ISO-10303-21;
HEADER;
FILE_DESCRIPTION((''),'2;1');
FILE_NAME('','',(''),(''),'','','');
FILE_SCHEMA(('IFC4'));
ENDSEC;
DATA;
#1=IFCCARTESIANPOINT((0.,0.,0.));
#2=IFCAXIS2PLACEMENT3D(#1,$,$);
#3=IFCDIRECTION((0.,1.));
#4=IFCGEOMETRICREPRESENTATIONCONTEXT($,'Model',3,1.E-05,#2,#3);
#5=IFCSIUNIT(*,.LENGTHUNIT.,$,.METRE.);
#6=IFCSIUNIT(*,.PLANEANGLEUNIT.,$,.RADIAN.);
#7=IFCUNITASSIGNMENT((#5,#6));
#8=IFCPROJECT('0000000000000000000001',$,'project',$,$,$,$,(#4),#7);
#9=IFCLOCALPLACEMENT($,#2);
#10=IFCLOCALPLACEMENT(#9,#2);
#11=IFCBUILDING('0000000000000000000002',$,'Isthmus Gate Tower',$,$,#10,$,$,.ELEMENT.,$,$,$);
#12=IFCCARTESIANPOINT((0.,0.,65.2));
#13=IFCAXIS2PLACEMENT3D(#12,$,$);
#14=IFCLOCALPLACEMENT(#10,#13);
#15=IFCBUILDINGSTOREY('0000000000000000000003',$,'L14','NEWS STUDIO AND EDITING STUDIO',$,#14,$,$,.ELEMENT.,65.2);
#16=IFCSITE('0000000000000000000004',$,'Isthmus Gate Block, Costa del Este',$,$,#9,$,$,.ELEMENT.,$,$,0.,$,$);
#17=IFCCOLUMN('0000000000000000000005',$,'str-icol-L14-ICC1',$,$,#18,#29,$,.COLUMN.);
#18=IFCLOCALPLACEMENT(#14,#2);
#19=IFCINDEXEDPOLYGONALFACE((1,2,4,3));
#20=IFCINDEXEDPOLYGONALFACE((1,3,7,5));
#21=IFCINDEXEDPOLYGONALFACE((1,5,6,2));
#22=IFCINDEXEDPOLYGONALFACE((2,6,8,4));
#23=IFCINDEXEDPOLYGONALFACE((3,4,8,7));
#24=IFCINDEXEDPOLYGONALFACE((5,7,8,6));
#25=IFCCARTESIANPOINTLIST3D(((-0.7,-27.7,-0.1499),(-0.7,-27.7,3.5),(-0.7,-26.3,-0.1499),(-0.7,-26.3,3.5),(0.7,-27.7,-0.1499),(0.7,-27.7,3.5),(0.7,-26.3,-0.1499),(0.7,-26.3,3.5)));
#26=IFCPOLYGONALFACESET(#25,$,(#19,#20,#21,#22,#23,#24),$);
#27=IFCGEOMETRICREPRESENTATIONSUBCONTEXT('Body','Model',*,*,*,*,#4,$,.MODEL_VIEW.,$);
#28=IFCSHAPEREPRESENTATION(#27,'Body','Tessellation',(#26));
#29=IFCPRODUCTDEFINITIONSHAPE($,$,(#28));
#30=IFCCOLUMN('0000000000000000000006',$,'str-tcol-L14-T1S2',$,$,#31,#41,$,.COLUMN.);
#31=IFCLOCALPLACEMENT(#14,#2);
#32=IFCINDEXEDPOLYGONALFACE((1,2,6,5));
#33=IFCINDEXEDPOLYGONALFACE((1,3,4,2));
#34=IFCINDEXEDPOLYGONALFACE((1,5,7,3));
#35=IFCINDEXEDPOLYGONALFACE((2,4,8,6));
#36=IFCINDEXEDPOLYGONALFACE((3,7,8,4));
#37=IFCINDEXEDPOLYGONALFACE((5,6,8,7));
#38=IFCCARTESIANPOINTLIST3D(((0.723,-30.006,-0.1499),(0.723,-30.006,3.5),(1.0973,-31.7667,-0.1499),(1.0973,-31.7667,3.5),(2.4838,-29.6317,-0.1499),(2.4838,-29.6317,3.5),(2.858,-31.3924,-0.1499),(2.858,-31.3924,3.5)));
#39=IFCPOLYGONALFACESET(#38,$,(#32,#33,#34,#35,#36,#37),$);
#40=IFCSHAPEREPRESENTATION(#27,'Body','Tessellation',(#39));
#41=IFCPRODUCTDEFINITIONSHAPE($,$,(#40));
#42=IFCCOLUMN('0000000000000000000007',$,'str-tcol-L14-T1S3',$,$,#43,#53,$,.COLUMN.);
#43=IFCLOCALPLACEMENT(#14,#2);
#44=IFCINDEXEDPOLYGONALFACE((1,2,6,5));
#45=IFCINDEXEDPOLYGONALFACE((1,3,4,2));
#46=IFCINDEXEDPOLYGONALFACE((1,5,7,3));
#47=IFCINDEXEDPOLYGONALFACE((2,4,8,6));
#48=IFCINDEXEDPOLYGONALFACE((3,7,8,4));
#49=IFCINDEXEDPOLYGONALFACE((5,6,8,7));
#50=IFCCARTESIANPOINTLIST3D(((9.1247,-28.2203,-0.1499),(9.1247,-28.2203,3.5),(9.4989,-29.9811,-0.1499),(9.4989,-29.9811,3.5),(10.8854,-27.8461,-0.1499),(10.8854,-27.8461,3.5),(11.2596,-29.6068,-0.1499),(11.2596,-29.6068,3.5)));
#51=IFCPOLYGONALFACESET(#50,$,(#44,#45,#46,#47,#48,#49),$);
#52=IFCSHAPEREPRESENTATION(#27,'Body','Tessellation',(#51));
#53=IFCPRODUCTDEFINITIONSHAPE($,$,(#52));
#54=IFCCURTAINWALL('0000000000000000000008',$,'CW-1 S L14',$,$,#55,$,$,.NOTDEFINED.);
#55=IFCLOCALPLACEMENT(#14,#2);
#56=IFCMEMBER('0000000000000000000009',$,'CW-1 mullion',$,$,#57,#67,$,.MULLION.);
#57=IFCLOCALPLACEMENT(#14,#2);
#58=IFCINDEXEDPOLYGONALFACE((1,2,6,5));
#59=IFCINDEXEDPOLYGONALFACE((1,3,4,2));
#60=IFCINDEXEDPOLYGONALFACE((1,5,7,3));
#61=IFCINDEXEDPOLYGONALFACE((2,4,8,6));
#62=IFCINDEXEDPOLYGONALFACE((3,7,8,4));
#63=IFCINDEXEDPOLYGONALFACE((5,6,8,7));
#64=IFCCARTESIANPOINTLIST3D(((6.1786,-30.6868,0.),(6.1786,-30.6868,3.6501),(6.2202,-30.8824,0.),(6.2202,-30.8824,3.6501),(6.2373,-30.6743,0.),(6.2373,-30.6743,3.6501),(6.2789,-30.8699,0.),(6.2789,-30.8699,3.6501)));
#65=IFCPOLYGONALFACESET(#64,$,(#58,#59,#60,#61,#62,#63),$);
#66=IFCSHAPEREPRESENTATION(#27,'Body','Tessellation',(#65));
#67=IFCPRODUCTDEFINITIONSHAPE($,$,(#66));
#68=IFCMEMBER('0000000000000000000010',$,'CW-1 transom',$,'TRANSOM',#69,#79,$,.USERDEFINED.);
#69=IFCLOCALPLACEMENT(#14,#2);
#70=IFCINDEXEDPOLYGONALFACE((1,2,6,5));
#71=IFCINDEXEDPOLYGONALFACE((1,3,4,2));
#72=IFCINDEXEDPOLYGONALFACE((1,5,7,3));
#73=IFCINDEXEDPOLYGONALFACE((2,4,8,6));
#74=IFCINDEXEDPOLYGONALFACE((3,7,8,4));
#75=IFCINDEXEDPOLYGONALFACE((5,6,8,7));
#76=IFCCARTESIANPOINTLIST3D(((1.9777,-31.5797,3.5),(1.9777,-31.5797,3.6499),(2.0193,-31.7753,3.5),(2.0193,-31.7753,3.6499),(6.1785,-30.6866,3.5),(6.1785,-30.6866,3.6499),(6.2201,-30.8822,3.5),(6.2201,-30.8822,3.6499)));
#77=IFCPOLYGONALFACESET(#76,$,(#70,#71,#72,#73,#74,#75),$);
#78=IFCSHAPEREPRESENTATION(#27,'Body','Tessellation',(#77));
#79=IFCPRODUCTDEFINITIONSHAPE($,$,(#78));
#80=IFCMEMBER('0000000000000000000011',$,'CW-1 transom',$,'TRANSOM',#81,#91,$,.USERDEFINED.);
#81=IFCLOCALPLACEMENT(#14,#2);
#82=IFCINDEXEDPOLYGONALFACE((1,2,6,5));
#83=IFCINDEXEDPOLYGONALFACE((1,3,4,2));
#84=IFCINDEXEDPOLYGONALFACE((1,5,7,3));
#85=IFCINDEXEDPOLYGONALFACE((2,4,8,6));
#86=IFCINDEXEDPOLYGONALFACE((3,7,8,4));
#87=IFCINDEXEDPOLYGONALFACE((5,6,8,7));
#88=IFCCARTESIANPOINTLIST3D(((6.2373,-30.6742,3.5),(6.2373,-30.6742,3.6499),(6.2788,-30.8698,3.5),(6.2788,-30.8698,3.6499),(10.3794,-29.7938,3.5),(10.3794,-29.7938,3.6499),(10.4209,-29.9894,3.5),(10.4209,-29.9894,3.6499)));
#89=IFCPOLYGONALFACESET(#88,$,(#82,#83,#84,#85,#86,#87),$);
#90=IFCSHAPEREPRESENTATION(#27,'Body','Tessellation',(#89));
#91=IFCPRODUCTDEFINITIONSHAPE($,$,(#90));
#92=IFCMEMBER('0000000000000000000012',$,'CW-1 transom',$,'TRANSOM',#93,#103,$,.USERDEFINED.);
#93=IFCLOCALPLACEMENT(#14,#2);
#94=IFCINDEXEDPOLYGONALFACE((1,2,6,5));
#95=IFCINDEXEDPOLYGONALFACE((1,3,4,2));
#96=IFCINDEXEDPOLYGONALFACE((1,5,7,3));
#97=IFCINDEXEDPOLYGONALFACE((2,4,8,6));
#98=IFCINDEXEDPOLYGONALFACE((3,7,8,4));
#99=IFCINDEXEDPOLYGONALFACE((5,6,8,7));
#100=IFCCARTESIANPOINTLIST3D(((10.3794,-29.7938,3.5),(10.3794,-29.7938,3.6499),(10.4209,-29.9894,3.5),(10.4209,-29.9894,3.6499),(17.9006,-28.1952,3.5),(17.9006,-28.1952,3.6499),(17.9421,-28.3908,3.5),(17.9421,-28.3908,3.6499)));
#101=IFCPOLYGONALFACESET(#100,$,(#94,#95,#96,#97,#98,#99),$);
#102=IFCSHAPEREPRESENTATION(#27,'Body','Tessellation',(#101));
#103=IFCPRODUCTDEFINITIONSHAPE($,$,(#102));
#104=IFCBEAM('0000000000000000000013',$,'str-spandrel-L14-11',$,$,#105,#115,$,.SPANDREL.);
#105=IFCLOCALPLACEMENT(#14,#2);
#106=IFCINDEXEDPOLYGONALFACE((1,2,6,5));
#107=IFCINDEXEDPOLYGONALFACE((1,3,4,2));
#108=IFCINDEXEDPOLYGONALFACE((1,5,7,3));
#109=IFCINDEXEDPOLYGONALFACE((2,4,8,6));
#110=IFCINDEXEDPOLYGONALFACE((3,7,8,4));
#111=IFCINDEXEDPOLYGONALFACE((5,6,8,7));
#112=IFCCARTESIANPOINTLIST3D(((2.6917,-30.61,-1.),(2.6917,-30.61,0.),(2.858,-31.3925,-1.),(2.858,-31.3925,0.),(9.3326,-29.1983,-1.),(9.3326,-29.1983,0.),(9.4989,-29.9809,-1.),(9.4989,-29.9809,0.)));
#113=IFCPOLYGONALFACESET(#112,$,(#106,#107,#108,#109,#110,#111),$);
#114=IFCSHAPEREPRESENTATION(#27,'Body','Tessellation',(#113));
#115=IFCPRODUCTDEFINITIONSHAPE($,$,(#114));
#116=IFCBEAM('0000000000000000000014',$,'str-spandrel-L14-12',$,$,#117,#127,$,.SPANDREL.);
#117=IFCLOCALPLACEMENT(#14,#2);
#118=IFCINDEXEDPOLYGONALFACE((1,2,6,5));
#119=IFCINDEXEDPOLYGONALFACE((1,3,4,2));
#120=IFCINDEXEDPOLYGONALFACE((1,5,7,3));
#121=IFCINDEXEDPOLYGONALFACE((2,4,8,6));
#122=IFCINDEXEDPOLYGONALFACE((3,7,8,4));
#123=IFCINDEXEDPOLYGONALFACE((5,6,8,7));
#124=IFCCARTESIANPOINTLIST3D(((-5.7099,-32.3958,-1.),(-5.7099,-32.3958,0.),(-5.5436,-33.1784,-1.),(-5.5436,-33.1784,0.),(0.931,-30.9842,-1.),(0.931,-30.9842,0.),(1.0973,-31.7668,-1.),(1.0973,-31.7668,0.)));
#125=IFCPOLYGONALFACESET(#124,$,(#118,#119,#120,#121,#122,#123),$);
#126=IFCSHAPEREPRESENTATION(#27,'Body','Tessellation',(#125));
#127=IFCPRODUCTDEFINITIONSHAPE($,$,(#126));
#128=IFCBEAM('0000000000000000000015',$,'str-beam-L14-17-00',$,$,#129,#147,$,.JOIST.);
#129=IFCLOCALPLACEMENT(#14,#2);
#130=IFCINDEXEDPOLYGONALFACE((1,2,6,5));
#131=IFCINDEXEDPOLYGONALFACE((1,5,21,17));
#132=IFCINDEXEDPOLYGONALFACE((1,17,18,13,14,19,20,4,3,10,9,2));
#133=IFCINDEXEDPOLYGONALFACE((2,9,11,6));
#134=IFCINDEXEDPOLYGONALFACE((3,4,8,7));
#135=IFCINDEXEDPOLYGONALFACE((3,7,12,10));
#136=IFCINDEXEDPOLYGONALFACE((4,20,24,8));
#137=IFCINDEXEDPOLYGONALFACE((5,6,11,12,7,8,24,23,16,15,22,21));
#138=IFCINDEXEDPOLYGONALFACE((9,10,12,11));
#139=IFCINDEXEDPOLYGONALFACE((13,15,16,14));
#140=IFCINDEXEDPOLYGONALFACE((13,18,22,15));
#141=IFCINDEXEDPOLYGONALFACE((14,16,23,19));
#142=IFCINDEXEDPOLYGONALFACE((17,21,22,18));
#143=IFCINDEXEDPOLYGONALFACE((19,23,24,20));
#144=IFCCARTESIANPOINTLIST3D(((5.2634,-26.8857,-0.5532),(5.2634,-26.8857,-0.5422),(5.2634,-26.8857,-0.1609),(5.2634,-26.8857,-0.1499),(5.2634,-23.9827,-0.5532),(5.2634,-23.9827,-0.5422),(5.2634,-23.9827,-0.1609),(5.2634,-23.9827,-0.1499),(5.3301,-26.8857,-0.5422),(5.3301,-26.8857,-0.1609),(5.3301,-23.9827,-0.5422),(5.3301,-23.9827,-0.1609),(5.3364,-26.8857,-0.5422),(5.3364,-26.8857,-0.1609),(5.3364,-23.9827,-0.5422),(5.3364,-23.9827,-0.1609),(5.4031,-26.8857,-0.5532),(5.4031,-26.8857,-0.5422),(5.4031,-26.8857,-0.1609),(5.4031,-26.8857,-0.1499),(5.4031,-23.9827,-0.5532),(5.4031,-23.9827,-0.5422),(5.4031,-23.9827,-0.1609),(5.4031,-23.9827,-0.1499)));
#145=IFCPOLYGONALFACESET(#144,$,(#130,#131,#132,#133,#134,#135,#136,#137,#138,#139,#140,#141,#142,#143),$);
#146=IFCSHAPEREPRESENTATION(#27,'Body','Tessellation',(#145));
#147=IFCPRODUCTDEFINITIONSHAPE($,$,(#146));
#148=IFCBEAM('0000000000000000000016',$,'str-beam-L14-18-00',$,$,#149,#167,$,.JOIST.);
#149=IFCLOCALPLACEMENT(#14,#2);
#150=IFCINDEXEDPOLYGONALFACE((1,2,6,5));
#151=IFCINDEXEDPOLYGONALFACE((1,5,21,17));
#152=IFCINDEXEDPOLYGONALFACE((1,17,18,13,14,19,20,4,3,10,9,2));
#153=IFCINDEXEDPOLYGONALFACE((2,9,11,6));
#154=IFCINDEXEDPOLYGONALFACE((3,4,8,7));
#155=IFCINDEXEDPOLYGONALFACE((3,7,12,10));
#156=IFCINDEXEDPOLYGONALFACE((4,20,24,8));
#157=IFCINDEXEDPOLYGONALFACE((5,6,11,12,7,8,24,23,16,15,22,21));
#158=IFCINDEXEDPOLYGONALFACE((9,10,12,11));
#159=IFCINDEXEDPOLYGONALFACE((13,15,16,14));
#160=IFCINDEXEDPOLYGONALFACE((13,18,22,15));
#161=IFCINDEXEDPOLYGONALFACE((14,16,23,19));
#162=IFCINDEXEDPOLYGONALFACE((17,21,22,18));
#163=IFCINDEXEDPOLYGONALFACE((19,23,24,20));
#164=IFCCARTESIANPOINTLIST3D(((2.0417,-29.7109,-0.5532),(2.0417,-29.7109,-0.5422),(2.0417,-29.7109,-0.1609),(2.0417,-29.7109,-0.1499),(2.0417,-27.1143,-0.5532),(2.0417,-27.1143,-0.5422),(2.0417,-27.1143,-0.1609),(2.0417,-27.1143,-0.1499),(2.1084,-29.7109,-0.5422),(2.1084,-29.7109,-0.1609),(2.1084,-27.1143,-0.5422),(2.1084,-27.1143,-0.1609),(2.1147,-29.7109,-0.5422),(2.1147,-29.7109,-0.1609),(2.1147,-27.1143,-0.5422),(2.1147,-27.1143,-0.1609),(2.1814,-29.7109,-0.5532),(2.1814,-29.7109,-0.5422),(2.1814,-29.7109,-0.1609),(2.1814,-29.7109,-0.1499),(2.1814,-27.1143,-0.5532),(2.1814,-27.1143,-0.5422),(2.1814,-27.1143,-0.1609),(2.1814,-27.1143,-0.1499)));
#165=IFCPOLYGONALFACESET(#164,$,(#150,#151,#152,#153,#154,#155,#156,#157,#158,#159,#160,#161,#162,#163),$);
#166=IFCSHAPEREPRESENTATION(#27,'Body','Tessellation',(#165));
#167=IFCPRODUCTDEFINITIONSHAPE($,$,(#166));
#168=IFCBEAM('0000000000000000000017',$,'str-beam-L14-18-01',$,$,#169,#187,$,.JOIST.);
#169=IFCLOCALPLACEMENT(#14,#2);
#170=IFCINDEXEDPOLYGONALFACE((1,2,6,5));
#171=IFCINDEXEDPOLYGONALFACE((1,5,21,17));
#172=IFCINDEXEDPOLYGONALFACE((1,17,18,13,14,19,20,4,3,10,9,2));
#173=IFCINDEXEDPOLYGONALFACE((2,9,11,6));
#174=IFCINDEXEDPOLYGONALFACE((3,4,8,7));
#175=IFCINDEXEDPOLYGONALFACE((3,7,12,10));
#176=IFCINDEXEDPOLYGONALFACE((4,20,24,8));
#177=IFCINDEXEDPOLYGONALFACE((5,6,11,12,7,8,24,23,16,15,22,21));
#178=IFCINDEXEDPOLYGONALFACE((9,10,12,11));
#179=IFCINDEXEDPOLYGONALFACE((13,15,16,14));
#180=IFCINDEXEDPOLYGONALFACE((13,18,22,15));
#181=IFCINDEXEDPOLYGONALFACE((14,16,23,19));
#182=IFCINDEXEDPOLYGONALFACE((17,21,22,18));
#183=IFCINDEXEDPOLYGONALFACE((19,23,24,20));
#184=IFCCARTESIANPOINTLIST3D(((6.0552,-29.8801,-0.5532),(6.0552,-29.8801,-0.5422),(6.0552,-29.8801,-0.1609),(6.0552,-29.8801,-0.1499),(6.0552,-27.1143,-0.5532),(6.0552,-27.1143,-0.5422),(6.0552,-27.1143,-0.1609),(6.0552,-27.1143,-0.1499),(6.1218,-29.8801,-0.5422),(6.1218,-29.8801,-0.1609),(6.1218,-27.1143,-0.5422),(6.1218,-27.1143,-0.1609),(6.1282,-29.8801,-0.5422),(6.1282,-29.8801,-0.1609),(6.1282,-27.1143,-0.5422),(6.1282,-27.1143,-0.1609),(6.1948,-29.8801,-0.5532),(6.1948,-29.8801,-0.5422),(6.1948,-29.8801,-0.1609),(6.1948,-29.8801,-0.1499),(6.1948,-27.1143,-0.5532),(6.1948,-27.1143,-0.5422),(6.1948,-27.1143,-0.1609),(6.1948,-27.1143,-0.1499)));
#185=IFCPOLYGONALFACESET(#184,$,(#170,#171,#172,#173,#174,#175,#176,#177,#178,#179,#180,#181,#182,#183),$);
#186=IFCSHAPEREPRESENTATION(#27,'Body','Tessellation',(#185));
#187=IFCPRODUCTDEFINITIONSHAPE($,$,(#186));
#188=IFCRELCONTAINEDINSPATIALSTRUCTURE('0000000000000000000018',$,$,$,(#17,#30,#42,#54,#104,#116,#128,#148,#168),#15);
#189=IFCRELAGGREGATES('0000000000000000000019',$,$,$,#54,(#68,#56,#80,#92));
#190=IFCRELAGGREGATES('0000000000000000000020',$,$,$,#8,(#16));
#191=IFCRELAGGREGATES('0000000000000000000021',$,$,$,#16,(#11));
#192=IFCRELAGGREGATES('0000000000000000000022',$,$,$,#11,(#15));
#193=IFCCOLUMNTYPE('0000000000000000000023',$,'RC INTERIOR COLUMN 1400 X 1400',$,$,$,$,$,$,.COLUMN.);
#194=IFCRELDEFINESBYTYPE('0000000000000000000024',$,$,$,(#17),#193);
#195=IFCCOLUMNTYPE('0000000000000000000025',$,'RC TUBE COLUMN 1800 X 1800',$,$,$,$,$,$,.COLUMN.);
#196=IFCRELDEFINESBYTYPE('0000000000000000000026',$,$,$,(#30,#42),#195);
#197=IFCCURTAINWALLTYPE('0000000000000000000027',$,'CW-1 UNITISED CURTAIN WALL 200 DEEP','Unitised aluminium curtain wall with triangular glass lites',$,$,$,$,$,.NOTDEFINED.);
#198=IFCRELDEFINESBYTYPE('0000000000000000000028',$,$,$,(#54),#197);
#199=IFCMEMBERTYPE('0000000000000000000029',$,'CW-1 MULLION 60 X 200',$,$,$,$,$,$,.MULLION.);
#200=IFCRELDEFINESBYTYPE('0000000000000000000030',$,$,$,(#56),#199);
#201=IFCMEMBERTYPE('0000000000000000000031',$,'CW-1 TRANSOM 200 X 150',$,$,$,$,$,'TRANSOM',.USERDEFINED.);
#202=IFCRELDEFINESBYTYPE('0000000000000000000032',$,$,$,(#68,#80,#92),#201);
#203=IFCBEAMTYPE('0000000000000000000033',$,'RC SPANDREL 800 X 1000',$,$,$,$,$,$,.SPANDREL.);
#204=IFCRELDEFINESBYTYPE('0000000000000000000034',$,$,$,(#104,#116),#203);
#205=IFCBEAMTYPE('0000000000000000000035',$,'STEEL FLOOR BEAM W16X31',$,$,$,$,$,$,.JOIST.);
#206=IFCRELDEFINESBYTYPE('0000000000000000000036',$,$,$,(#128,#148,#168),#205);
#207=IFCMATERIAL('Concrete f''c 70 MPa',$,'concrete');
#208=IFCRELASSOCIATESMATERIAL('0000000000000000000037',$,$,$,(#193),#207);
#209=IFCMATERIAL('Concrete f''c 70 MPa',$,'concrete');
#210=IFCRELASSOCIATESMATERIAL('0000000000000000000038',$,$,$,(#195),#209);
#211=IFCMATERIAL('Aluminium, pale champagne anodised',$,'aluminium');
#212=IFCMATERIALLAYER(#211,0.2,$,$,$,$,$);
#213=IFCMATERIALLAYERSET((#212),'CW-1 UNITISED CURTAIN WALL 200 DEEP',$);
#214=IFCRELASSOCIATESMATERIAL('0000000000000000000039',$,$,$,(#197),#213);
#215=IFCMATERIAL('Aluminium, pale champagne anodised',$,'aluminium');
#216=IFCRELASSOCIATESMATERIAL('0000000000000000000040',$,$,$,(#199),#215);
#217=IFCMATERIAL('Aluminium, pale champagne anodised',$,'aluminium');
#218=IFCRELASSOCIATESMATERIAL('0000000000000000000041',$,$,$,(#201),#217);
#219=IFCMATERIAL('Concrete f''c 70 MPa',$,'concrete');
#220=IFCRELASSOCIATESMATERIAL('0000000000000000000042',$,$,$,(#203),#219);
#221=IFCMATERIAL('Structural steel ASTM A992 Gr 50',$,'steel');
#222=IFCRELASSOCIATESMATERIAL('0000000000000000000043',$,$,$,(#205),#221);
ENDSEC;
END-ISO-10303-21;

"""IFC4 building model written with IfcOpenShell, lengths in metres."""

from ifc_helpers import new_model, si_unit, direction, frame, origin, origin_2d, place, context, subcontext, project, spatial, rectangle, i_section, extrude, material, layer, layer_set, material_profile, profile_set, type_object, element, aggregate, save


model = new_model("IFC4")

# Units and contexts
model_context = context("Model", 3, precision=1e-05, world=origin(), true_north=direction((0.0, 1.0)))
body_context = subcontext(model_context, "Body", "Model", "MODEL_VIEW")
ifc_project = project(units=[si_unit("LENGTHUNIT", "METRE"), si_unit("PLANEANGLEUNIT", "RADIAN")], contexts=[model_context])

# Site, building, storey
site_placement = place(None, origin())
site = spatial("IfcSite", under=ifc_project, at=site_placement, Name="Isthmus Gate Block, Costa del Este", CompositionType="ELEMENT", RefElevation=0.0)
building_placement = place(site_placement, origin())
building = spatial("IfcBuilding", under=site, at=building_placement, Name="Isthmus Gate Tower", CompositionType="ELEMENT")
storey_placement = place(building_placement, frame((0.0, 0.0, 65.2)))
storey = spatial("IfcBuildingStorey", under=building, at=storey_placement, Name="L14", Description="NEWS STUDIO AND EDITING STUDIO", CompositionType="ELEMENT", Elevation=65.2)

# Columns
ifc_material_1 = material(Name="Concrete f'c 70 MPa", Category="concrete")
ifc_material_profile_1 = material_profile(ifc_material_1, rectangle(XDim=1.3999, YDim=1.3999, at=origin_2d()), Name="RC 1400X1400")
ifc_profile_set_1 = profile_set([ifc_material_profile_1], Name="Concrete f'c 70 MPa")
column_type_1 = type_object("IfcColumnType", Name="RC INTERIOR COLUMN 1400 X 1400", PredefinedType="COLUMN", material=ifc_profile_set_1)
column_placement = place(storey_placement, frame((0.0, -27.0, -0.1499), z_axis=(0.0, 0.0, 1.0), x_axis=(1.0, 0.0, 0.0)))
element("IfcColumn", 1, at=column_placement, inside=storey, type_object=column_type_1, Name="str-icol-L14-ICC1", PredefinedType="COLUMN", context=body_context, shape_type="SweptSolid", body=[
    extrude(rectangle(XDim=1.3999, YDim=1.3999, at=origin_2d()), origin(), (0.0, 0.0, 1.0), 3.6499),
])
ifc_material_2 = material(Name="Concrete f'c 70 MPa", Category="concrete")
ifc_material_profile_2 = material_profile(ifc_material_2, rectangle(XDim=1.8, YDim=1.8, at=origin_2d()), Name="RC 1800X1800")
ifc_profile_set_2 = profile_set([ifc_material_profile_2], Name="Concrete f'c 70 MPa")
column_type_2 = type_object("IfcColumnType", Name="RC TUBE COLUMN 1800 X 1800", PredefinedType="COLUMN", material=ifc_profile_set_2)
for number, where, z_axis, x_axis, name in (
    (2, (1.7905, -30.6992, -0.1499), (0.0, 0.0, 1.0), (0.978148, 0.207912, 0.0), "str-tcol-L14-T1S2"),
    (3, (10.1921, -28.9136, -0.1499), (0.0, 0.0, 1.0), (0.978148, 0.207912, 0.0), "str-tcol-L14-T1S3"),
):
    element("IfcColumn", number, at=place(storey_placement, frame(where, z_axis=z_axis, x_axis=x_axis)), inside=storey, type_object=column_type_2, Name=name, PredefinedType="COLUMN", context=body_context, shape_type="SweptSolid", body=[
        extrude(rectangle(XDim=1.8, YDim=1.8, at=origin_2d()), origin(), (0.0, 0.0, 1.0), 3.6499),
    ])

# Curtain wall, members
ifc_material_3 = material(Name="Aluminium, pale champagne anodised", Category="aluminium")
ifc_layer_1 = layer(ifc_material_3, 0.2)
ifc_layer_set_1 = layer_set([ifc_layer_1], Name="CW-1 UNITISED CURTAIN WALL 200 DEEP")
curtain_wall_type = type_object("IfcCurtainWallType", Name="CW-1 UNITISED CURTAIN WALL 200 DEEP", Description="Unitised aluminium curtain wall with triangular glass lites", PredefinedType="NOTDEFINED", material=ifc_layer_set_1)
curtain_wall_placement = place(storey_placement, origin())
curtain_wall = element("IfcCurtainWall", 4, at=curtain_wall_placement, inside=storey, type_object=curtain_wall_type, Name="CW-1 S L14", PredefinedType="NOTDEFINED")
ifc_material_4 = material(Name="Aluminium, pale champagne anodised", Category="aluminium")
ifc_material_profile_3 = material_profile(ifc_material_4, rectangle(XDim=0.0601, YDim=0.2, at=origin_2d()), Name="60x200")
ifc_profile_set_3 = profile_set([ifc_material_profile_3], Name="Aluminium, pale champagne anodised")
member_type_1 = type_object("IfcMemberType", Name="CW-1 MULLION 60 X 200", PredefinedType="MULLION", material=ifc_profile_set_3)
member_1_placement = place(storey_placement, frame((6.2288, -30.7783, 0.0), z_axis=(0.0, 0.0, 1.0), x_axis=(0.978148, 0.207912, 0.0)))
member_1 = element("IfcMember", 5, at=member_1_placement, type_object=member_type_1, Name="CW-1 mullion", PredefinedType="MULLION", context=body_context, shape_type="SweptSolid", body=[
    extrude(rectangle(XDim=0.0601, YDim=0.2, at=origin_2d()), origin(), (0.0, 0.0, 1.0), 3.6501),
])
ifc_material_5 = material(Name="Aluminium, pale champagne anodised", Category="aluminium")
ifc_material_profile_4 = material_profile(ifc_material_5, rectangle(XDim=0.2, YDim=0.1499, at=origin_2d()), Name="200x150")
ifc_profile_set_4 = profile_set([ifc_material_profile_4], Name="Aluminium, pale champagne anodised")
member_type_2 = type_object("IfcMemberType", Name="CW-1 TRANSOM 200 X 150", ElementType="TRANSOM", PredefinedType="USERDEFINED", material=ifc_profile_set_4)
member_2_placement = place(storey_placement, frame((1.9985, -31.6775, 3.575), z_axis=(0.978139, 0.207953, 0.0), x_axis=(-0.207953, 0.978139, 0.0)))
member_2 = element("IfcMember", 6, at=member_2_placement, type_object=member_type_2, Name="CW-1 transom", ObjectType="TRANSOM", PredefinedType="USERDEFINED", context=body_context, shape_type="SweptSolid", body=[
    extrude(rectangle(XDim=0.2, YDim=0.1499, at=origin_2d()), origin(), (0.0, 0.0, 1.0), 4.2947),
])
member_3_placement = place(storey_placement, frame((6.2581, -30.772, 3.575), z_axis=(0.97815, 0.207899, 0.0), x_axis=(-0.207899, 0.97815, 0.0)))
member_3 = element("IfcMember", 7, at=member_3_placement, type_object=member_type_2, Name="CW-1 transom", ObjectType="TRANSOM", PredefinedType="USERDEFINED", context=body_context, shape_type="SweptSolid", body=[
    extrude(rectangle(XDim=0.2, YDim=0.1499, at=origin_2d()), origin(), (0.0, 0.0, 1.0), 4.2346),
])
member_4_placement = place(storey_placement, frame((10.4001, -29.8916, 3.575), z_axis=(0.978149, 0.207905, 0.0), x_axis=(-0.207905, 0.978149, 0.0)))
member_4 = element("IfcMember", 8, at=member_4_placement, type_object=member_type_2, Name="CW-1 transom", ObjectType="TRANSOM", PredefinedType="USERDEFINED", context=body_context, shape_type="SweptSolid", body=[
    extrude(rectangle(XDim=0.2, YDim=0.1499, at=origin_2d()), origin(), (0.0, 0.0, 1.0), 7.6892),
])

# Beams
ifc_material_6 = material(Name="Concrete f'c 70 MPa", Category="concrete")
ifc_material_profile_5 = material_profile(ifc_material_6, rectangle(XDim=0.8, YDim=1.0, at=origin_2d()), Name="RC 800X1000")
ifc_profile_set_5 = profile_set([ifc_material_profile_5], Name="Concrete f'c 70 MPa")
beam_type_1 = type_object("IfcBeamType", Name="RC SPANDREL 800 X 1000", PredefinedType="SPANDREL", material=ifc_profile_set_5)
for number, where, z_axis, x_axis, name in (
    (9, (9.4158, -29.5896, -0.5), (-0.978146, -0.20792, 0.0), (0.20792, -0.978146, 0.0), "str-spandrel-L14-11"),
    (10, (1.0142, -31.3755, -0.5), (-0.978146, -0.20792, 0.0), (0.20792, -0.978146, 0.0), "str-spandrel-L14-12"),
):
    element("IfcBeam", number, at=place(storey_placement, frame(where, z_axis=z_axis, x_axis=x_axis)), inside=storey, type_object=beam_type_1, Name=name, PredefinedType="SPANDREL", context=body_context, shape_type="SweptSolid", body=[
        extrude(rectangle(XDim=0.8, YDim=1.0, at=origin_2d()), origin(), (0.0, 0.0, 1.0), 6.7893),
    ])
ifc_material_7 = material(Name="Structural steel ASTM A992 Gr 50", Category="steel")
ifc_material_profile_6 = material_profile(ifc_material_7, i_section(OverallWidth=0.1396, OverallDepth=0.4033, WebThickness=0.0063, FlangeThickness=0.011, at=origin_2d()), Name="W16X31")
ifc_profile_set_6 = profile_set([ifc_material_profile_6], Name="Structural steel ASTM A992 Gr 50")
beam_type_2 = type_object("IfcBeamType", Name="STEEL FLOOR BEAM W16X31", PredefinedType="JOIST", material=ifc_profile_set_6)
beam_1_placement = place(storey_placement, frame((5.3333, -26.8857, -0.3516), z_axis=(0.0, 1.0, 0.0), x_axis=(-1.0, 0.0, 0.0)))
element("IfcBeam", 11, at=beam_1_placement, inside=storey, type_object=beam_type_2, Name="str-beam-L14-17-00", PredefinedType="JOIST", context=body_context, shape_type="SweptSolid", body=[
    extrude(i_section(OverallWidth=0.1396, OverallDepth=0.4033, WebThickness=0.0063, FlangeThickness=0.011, at=origin_2d()), origin(), (0.0, 0.0, 1.0), 2.9031),
])
beam_2_placement = place(storey_placement, frame((2.1116, -29.7109, -0.3516), z_axis=(0.0, 1.0, 0.0), x_axis=(-1.0, 0.0, 0.0)))
element("IfcBeam", 12, at=beam_2_placement, inside=storey, type_object=beam_type_2, Name="str-beam-L14-18-00", PredefinedType="JOIST", context=body_context, shape_type="SweptSolid", body=[
    extrude(i_section(OverallWidth=0.1396, OverallDepth=0.4033, WebThickness=0.0063, FlangeThickness=0.011, at=origin_2d()), origin(), (0.0, 0.0, 1.0), 2.5967),
])
beam_3_placement = place(storey_placement, frame((6.125, -29.8801, -0.3516), z_axis=(0.0, 1.0, 0.0), x_axis=(-1.0, 0.0, 0.0)))
element("IfcBeam", 13, at=beam_3_placement, inside=storey, type_object=beam_type_2, Name="str-beam-L14-18-01", PredefinedType="JOIST", context=body_context, shape_type="SweptSolid", body=[
    extrude(i_section(OverallWidth=0.1396, OverallDepth=0.4033, WebThickness=0.0063, FlangeThickness=0.011, at=origin_2d()), origin(), (0.0, 0.0, 1.0), 2.7659),
])

aggregate(curtain_wall, [member_2, member_1, member_3, member_4])

save(model, "model.ifc")
